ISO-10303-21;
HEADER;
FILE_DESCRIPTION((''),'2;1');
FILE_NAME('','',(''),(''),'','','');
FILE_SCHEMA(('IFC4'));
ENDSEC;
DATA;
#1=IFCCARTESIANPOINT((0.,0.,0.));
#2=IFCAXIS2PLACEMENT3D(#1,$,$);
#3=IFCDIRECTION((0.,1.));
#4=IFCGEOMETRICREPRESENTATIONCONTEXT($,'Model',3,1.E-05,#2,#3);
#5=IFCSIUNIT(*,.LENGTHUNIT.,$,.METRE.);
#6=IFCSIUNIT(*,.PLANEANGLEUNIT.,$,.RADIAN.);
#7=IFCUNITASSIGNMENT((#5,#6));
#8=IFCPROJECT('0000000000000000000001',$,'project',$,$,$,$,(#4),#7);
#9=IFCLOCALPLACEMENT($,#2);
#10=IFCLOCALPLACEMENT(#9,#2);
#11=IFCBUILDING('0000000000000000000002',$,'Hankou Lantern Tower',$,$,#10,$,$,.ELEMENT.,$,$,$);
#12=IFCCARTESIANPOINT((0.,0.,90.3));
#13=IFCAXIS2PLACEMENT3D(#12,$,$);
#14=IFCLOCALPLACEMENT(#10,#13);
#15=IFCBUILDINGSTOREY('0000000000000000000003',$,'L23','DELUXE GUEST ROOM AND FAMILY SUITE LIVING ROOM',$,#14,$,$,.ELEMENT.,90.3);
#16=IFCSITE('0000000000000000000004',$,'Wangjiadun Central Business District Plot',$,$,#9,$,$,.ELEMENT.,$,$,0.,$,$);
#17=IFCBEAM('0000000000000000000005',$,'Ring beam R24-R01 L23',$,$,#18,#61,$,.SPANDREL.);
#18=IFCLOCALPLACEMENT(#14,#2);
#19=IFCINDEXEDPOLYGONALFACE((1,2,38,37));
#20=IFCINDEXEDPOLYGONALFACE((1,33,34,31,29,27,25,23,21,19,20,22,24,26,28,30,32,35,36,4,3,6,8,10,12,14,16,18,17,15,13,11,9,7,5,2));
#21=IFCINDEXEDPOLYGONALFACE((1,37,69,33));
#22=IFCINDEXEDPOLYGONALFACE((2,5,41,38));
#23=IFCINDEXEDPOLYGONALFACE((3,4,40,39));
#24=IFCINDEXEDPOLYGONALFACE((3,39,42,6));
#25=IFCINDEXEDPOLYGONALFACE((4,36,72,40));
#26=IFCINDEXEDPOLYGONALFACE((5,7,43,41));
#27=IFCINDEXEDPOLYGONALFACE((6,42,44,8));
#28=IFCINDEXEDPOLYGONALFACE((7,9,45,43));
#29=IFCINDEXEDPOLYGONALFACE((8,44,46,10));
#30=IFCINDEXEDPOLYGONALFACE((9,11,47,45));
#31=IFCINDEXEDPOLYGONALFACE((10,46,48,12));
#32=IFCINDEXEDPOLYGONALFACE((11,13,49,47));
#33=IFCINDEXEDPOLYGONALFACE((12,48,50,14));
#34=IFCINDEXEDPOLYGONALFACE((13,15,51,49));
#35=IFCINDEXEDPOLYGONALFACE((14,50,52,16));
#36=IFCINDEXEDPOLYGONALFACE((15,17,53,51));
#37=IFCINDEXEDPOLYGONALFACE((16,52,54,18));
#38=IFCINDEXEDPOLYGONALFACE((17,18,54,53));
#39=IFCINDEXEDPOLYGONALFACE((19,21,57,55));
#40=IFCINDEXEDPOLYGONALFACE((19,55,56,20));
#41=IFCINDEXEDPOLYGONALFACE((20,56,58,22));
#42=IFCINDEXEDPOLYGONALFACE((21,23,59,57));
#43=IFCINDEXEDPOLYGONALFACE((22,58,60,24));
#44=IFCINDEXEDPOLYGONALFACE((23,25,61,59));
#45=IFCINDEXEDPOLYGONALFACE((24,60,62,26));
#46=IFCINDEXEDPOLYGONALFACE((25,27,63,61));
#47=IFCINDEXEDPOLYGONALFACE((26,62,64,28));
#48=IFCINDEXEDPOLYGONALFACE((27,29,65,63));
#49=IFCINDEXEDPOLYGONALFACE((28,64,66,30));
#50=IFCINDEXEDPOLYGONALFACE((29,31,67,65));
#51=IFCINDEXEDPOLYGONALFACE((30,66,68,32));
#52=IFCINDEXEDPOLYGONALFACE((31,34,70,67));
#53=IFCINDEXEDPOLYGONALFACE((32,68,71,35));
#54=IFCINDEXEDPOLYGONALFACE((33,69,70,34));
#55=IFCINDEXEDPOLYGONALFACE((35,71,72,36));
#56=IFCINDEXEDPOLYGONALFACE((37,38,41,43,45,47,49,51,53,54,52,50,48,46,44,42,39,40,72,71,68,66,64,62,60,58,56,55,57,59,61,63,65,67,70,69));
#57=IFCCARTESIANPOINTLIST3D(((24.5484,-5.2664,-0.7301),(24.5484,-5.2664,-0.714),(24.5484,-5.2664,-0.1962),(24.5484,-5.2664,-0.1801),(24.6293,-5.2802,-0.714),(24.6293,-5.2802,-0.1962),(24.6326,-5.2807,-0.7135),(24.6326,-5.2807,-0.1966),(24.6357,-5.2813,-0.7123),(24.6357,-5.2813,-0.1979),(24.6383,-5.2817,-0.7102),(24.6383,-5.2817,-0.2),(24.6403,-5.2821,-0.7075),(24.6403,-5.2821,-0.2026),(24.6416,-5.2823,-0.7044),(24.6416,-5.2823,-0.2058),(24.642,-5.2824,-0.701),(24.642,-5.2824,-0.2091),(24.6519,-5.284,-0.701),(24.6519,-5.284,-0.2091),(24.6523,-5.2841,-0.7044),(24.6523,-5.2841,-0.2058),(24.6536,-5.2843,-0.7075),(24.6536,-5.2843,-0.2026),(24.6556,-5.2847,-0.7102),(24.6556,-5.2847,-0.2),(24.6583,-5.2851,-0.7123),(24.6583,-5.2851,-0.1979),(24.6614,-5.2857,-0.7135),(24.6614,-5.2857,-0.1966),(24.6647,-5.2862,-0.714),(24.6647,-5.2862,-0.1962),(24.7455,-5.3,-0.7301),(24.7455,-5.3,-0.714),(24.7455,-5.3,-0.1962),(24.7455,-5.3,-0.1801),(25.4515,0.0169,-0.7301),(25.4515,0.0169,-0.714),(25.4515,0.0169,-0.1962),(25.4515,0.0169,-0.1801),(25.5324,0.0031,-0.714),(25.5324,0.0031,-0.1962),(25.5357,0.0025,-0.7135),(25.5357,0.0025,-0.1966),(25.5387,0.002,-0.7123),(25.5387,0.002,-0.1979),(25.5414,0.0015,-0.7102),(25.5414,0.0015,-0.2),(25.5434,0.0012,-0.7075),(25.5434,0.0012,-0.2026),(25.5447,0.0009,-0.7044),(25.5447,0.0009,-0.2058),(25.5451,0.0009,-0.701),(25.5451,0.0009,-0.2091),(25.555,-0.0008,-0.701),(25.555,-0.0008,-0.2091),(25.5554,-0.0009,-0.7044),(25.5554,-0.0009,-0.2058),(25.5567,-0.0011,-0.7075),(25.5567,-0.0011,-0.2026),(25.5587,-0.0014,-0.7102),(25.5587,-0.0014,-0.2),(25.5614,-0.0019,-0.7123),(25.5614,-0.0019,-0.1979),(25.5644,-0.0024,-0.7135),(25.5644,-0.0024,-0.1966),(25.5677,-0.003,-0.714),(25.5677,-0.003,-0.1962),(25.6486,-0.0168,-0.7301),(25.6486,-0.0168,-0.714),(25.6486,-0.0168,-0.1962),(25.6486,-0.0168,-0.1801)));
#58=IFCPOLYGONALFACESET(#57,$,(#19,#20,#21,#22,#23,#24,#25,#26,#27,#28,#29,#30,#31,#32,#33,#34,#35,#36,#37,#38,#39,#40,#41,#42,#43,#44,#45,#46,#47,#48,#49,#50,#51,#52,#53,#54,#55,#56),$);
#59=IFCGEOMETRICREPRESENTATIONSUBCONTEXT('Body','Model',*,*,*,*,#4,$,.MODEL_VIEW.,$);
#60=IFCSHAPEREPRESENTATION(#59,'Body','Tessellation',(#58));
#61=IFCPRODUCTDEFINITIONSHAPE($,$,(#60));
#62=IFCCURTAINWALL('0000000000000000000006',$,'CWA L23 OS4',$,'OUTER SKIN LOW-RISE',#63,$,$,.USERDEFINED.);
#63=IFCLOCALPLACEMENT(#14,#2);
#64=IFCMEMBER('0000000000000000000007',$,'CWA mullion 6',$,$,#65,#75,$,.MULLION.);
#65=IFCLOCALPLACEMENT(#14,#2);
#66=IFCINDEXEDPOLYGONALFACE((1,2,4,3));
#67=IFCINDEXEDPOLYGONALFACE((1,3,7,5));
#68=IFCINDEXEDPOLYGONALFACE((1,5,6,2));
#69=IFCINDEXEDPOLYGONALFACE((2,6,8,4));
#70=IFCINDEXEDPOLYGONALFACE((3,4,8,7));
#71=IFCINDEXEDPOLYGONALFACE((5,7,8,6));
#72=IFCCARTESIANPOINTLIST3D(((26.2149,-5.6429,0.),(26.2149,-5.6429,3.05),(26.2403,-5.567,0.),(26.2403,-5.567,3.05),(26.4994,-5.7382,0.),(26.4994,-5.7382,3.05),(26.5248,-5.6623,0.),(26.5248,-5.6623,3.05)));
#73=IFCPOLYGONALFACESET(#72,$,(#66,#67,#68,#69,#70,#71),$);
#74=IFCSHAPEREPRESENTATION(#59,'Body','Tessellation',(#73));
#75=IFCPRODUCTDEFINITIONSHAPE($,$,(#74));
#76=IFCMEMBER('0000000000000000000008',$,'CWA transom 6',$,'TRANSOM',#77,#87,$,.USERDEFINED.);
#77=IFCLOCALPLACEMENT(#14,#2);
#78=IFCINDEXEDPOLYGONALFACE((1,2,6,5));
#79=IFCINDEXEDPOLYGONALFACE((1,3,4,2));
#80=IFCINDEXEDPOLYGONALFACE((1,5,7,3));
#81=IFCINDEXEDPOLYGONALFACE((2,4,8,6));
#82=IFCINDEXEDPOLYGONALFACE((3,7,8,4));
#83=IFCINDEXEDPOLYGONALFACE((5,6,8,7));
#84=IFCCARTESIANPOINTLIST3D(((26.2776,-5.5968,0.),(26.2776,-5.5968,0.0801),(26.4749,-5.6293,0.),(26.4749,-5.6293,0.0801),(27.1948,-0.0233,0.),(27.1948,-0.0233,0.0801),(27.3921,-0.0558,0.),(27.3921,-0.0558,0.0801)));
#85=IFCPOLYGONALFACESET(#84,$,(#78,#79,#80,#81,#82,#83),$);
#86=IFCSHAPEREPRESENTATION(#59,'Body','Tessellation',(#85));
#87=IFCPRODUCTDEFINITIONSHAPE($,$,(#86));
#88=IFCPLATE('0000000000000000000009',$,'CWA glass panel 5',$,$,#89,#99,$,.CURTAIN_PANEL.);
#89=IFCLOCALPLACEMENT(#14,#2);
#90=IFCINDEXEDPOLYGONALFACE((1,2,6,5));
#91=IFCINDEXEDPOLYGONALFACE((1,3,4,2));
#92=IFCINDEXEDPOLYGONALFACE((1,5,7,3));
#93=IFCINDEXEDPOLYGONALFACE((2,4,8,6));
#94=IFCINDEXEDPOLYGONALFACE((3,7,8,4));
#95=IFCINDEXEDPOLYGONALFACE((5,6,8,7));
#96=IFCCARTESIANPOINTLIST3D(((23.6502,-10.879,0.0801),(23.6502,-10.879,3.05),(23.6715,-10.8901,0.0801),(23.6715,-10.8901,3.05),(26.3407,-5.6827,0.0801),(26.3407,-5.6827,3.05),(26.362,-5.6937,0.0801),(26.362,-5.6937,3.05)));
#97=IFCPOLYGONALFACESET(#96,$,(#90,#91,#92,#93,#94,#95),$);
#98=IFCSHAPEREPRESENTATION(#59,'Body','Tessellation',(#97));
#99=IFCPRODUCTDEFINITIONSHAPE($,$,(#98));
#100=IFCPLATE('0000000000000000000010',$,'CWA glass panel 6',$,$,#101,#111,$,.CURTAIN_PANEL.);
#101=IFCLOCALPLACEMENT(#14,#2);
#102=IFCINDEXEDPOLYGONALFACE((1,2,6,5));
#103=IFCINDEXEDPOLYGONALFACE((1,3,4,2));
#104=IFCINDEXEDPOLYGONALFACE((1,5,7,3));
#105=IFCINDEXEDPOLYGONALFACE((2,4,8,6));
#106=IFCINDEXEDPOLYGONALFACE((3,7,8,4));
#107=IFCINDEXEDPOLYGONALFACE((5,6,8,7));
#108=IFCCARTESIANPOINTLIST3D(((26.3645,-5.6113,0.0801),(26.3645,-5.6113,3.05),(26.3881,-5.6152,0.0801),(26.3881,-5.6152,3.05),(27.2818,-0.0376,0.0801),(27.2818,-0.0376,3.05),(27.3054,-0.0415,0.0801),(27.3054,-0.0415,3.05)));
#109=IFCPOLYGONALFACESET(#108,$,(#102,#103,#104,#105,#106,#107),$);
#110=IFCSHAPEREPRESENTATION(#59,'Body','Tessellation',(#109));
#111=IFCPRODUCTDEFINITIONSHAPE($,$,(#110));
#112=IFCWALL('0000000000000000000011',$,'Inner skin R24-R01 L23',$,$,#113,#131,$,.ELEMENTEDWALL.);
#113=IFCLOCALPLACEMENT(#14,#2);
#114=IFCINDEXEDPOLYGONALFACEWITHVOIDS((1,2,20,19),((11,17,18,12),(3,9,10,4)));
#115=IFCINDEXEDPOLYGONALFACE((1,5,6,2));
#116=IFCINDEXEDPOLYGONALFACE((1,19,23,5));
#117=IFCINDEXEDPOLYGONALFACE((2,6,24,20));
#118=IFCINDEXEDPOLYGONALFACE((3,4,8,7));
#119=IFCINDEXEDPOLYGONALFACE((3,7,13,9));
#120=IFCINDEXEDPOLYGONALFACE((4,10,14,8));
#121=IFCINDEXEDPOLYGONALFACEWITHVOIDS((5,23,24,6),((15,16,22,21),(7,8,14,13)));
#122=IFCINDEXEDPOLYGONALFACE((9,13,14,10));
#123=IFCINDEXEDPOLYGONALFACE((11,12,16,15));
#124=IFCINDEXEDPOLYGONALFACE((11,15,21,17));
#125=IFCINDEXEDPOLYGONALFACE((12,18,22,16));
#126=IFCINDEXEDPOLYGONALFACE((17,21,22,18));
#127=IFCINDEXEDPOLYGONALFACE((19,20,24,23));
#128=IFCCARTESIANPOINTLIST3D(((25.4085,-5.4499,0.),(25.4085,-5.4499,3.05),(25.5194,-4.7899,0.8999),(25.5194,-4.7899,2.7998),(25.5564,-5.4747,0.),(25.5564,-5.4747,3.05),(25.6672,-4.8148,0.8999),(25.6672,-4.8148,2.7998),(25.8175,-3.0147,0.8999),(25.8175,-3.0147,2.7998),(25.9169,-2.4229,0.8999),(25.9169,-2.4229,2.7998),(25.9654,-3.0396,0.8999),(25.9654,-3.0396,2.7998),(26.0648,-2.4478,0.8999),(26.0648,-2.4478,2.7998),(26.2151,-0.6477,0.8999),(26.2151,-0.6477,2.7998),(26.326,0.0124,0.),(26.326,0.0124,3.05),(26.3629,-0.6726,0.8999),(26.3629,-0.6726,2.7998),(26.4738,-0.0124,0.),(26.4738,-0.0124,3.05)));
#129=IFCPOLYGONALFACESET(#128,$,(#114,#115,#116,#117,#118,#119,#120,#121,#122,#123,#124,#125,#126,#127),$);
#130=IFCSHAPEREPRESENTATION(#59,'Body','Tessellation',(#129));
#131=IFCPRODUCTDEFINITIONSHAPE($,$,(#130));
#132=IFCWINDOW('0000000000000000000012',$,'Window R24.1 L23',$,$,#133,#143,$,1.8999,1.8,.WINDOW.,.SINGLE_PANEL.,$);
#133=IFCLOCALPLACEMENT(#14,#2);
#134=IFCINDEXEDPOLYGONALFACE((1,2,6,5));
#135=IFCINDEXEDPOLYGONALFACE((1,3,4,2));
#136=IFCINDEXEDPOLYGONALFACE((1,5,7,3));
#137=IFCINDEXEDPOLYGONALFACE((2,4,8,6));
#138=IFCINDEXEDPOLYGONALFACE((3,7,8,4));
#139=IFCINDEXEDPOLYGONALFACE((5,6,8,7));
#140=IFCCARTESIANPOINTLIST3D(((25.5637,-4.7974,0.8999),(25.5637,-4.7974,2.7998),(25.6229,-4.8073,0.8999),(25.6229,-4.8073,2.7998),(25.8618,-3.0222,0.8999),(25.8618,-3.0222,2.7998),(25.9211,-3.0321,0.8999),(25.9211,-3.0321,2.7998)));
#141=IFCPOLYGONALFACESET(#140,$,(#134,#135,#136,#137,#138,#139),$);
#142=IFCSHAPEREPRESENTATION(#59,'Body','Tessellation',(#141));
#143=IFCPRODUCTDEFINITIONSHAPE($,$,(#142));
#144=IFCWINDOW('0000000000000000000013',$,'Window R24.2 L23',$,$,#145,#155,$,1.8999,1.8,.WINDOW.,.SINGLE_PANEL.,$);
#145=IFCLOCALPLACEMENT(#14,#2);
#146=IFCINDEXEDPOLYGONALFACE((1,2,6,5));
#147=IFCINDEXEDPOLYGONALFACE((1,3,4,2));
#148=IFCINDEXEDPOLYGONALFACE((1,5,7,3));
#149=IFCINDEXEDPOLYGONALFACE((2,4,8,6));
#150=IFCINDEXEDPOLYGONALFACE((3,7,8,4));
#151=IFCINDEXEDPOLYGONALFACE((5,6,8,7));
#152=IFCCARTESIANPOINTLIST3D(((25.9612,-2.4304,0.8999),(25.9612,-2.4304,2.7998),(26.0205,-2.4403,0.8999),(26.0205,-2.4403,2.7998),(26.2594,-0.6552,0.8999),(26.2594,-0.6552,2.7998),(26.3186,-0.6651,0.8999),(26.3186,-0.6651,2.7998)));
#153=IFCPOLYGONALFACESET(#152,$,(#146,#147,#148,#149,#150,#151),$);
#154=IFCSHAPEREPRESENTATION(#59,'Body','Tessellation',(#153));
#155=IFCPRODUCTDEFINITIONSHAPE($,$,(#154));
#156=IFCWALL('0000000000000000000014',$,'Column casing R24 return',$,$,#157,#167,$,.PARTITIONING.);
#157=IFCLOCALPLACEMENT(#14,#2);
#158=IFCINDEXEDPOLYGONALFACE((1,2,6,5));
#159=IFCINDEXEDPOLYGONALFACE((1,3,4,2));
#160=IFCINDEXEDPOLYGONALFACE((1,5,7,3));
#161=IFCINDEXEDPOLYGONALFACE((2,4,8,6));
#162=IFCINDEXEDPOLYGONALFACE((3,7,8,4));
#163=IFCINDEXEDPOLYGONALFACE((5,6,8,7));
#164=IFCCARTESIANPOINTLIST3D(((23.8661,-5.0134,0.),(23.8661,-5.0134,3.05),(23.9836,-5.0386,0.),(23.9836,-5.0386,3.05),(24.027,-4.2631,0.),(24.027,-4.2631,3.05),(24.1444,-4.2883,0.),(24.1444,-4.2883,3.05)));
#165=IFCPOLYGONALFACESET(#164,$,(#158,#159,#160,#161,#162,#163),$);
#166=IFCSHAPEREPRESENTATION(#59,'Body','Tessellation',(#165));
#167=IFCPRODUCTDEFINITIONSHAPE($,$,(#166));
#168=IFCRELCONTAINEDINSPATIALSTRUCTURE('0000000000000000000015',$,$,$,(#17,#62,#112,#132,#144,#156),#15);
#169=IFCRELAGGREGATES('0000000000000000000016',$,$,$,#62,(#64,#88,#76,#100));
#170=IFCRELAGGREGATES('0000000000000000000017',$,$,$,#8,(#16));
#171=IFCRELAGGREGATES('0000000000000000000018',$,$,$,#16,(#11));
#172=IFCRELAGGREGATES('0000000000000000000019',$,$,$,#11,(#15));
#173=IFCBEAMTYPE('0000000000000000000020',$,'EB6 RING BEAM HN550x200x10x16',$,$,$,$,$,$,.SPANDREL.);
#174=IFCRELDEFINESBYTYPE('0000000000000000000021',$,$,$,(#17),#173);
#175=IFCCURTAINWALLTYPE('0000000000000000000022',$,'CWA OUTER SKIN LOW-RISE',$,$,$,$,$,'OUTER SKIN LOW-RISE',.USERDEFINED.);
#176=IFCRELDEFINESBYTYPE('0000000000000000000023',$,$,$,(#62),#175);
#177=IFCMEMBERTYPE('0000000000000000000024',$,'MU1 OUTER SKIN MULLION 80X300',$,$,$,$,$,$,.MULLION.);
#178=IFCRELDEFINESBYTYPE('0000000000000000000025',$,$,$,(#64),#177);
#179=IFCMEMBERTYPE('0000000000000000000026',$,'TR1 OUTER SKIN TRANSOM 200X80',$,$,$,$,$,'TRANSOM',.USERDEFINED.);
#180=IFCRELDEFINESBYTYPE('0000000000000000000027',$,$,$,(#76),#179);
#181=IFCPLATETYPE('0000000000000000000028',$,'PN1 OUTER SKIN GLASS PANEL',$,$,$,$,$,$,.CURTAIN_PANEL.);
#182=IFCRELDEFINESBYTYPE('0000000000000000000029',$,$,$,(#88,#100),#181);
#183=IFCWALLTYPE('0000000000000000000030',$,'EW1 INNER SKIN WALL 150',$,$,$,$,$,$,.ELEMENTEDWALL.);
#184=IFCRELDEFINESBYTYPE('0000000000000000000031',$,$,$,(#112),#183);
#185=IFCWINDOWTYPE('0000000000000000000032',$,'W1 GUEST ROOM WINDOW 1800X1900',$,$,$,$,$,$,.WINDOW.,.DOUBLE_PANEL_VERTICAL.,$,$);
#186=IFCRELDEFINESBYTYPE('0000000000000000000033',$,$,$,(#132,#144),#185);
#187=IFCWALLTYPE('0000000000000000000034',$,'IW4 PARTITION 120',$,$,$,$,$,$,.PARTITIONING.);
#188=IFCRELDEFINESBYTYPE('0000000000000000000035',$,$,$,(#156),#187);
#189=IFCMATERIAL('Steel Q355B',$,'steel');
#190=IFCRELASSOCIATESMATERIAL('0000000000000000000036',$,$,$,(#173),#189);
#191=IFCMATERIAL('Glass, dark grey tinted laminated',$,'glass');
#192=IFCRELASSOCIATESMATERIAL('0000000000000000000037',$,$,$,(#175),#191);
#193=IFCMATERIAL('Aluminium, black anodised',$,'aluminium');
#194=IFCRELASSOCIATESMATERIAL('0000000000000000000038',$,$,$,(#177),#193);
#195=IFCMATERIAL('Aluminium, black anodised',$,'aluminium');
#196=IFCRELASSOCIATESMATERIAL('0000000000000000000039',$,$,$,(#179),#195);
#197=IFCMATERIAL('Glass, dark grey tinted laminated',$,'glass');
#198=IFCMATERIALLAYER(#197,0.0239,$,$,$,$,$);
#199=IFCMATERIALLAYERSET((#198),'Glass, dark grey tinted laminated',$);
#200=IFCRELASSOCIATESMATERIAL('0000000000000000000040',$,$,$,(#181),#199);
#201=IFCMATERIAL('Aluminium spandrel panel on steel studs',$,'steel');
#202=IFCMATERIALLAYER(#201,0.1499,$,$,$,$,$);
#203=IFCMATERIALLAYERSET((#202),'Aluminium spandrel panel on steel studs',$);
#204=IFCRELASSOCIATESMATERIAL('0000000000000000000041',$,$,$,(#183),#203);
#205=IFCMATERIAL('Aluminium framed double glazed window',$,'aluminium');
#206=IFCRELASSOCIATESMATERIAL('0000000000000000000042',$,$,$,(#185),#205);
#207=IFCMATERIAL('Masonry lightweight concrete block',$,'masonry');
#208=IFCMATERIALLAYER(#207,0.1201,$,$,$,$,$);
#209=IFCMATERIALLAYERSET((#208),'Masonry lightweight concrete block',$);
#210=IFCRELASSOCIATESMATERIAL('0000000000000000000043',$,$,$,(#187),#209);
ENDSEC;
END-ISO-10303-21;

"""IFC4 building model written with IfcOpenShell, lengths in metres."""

from ifc_helpers import new_model, si_unit, direction, frame, frame_2d, origin, origin_2d, place, context, subcontext, project, spatial, rectangle, i_section, extrude, material, layer, layer_set, material_profile, profile_set, type_object, element, fill, aggregate, save


model = new_model("IFC4")

# Units and contexts
model_context = context("Model", 3, precision=1e-05, world=origin(), true_north=direction((0.0, 1.0)))
body_context = subcontext(model_context, "Body", "Model", "MODEL_VIEW")
ifc_project = project(units=[si_unit("LENGTHUNIT", "METRE"), si_unit("PLANEANGLEUNIT", "RADIAN")], contexts=[model_context])

# Site, building, storey
site_placement = place(None, origin())
site = spatial("IfcSite", under=ifc_project, at=site_placement, Name="Wangjiadun Central Business District Plot", CompositionType="ELEMENT", RefElevation=0.0)
building_placement = place(site_placement, origin())
building = spatial("IfcBuilding", under=site, at=building_placement, Name="Hankou Lantern Tower", CompositionType="ELEMENT")
storey_placement = place(building_placement, frame((0.0, 0.0, 90.3)))
storey = spatial("IfcBuildingStorey", under=building, at=storey_placement, Name="L23", Description="DELUXE GUEST ROOM AND FAMILY SUITE LIVING ROOM", CompositionType="ELEMENT", Elevation=90.3)

# Beam
ifc_material_1 = material(Name="Steel Q355B", Category="steel")
ifc_material_profile_1 = material_profile(ifc_material_1, i_section(OverallWidth=0.2, OverallDepth=0.55, WebThickness=0.01, FlangeThickness=0.0161, FilletRadius=0.0129, at=origin_2d()), Name="HN550x200x10x16")
ifc_profile_set_1 = profile_set([ifc_material_profile_1], Name="Steel Q355B")
beam_type = type_object("IfcBeamType", Name="EB6 RING BEAM HN550x200x10x16", PredefinedType="SPANDREL", material=ifc_profile_set_1)
beam_1_placement = place(storey_placement, frame((24.647, -5.2832, -0.4551), z_axis=(0.16849, 0.985703, 0.0), x_axis=(-0.985703, 0.16849, 0.0)))
element("IfcBeam", 1, at=beam_1_placement, inside=storey, type_object=beam_type, Name="Ring beam R24-R01 L23", PredefinedType="SPANDREL", context=body_context, shape_type="SweptSolid", body=[
    extrude(i_section(OverallWidth=0.2, OverallDepth=0.55, WebThickness=0.01, FlangeThickness=0.0161, FilletRadius=0.0129, at=origin_2d()), origin(), (0.0, 0.0, 1.0), 5.3599),
])

# Curtain wall, members, plates
ifc_material_2 = material(Name="Glass, dark grey tinted laminated", Category="glass")
curtain_wall_type = type_object("IfcCurtainWallType", Name="CWA OUTER SKIN LOW-RISE", ElementType="OUTER SKIN LOW-RISE", PredefinedType="USERDEFINED", material=ifc_material_2)
curtain_wall_placement = place(storey_placement, origin())
curtain_wall = element("IfcCurtainWall", 2, at=curtain_wall_placement, inside=storey, type_object=curtain_wall_type, Name="CWA L23 OS4", ObjectType="OUTER SKIN LOW-RISE", PredefinedType="USERDEFINED")
ifc_material_3 = material(Name="Aluminium, black anodised", Category="aluminium")
ifc_material_profile_2 = material_profile(ifc_material_3, rectangle(XDim=0.0801, YDim=0.3, at=origin_2d()), Name="MU1 80X300")
ifc_profile_set_2 = profile_set([ifc_material_profile_2], Name="Aluminium, black anodised")
member_type_1 = type_object("IfcMemberType", Name="MU1 OUTER SKIN MULLION 80X300", PredefinedType="MULLION", material=ifc_profile_set_2)
member_1_placement = place(storey_placement, frame((26.3699, -5.6526, 0.0), z_axis=(0.0, 0.0, 1.0), x_axis=(0.317596, 0.948226, 0.0)))
member_1 = element("IfcMember", 3, at=member_1_placement, type_object=member_type_1, Name="CWA mullion 6", PredefinedType="MULLION", context=body_context, shape_type="SweptSolid", body=[
    extrude(rectangle(XDim=0.0801, YDim=0.3, at=origin_2d()), origin(), (0.0, 0.0, 1.0), 3.05),
])
ifc_material_4 = material(Name="Aluminium, black anodised", Category="aluminium")
ifc_material_profile_3 = material_profile(ifc_material_4, rectangle(XDim=0.2, YDim=0.0801, at=origin_2d()), Name="TR1 200X80")
ifc_profile_set_3 = profile_set([ifc_material_profile_3], Name="Aluminium, black anodised")
member_type_2 = type_object("IfcMemberType", Name="TR1 OUTER SKIN TRANSOM 200X80", ElementType="TRANSOM", PredefinedType="USERDEFINED", material=ifc_profile_set_3)
member_2_placement = place(storey_placement, frame((26.3762, -5.613, 0.04), z_axis=(0.162387, 0.986727, 0.0), x_axis=(-0.986727, 0.162387, 0.0)))
member_2 = element("IfcMember", 4, at=member_2_placement, type_object=member_type_2, Name="CWA transom 6", ObjectType="TRANSOM", PredefinedType="USERDEFINED", context=body_context, shape_type="SweptSolid", body=[
    extrude(rectangle(XDim=0.2, YDim=0.0801, at=origin_2d()), origin(), (0.0, 0.0, 1.0), 5.6484),
])
ifc_material_5 = material(Name="Glass, dark grey tinted laminated", Category="glass")
ifc_layer_1 = layer(ifc_material_5, 0.0239)
ifc_layer_set_1 = layer_set([ifc_layer_1], Name="Glass, dark grey tinted laminated")
plate_type = type_object("IfcPlateType", Name="PN1 OUTER SKIN GLASS PANEL", PredefinedType="CURTAIN_PANEL", material=ifc_layer_set_1)
plate_1_placement = place(storey_placement, frame((25.0061, -8.2864, 0.0801), z_axis=(0.0, 0.0, 1.0), x_axis=(0.459791, 0.888027, 0.0)))
plate_1 = element("IfcPlate", 5, at=plate_1_placement, type_object=plate_type, Name="CWA glass panel 5", PredefinedType="CURTAIN_PANEL", context=body_context, shape_type="SweptSolid", body=[
    extrude(rectangle(XDim=5.8516, YDim=0.0239, at=origin_2d()), origin(), (0.0, 0.0, 1.0), 2.97),
])
plate_2_placement = place(storey_placement, frame((26.835, -2.8264, 0.0801), z_axis=(0.0, 0.0, 1.0), x_axis=(0.162382, 0.986728, 0.0)))
plate_2 = element("IfcPlate", 6, at=plate_2_placement, type_object=plate_type, Name="CWA glass panel 6", PredefinedType="CURTAIN_PANEL", context=body_context, shape_type="SweptSolid", body=[
    extrude(rectangle(XDim=5.6487, YDim=0.0239, at=origin_2d()), origin(), (0.0, 0.0, 1.0), 2.97),
])
aggregate(curtain_wall, [member_1, plate_1, member_2, plate_2])

# Wall, openings, windows
ifc_material_6 = material(Name="Aluminium spandrel panel on steel studs", Category="steel")
ifc_layer_2 = layer(ifc_material_6, 0.1499)
ifc_layer_set_2 = layer_set([ifc_layer_2], Name="Aluminium spandrel panel on steel studs")
wall_type_1 = type_object("IfcWallType", Name="EW1 INNER SKIN WALL 150", PredefinedType="ELEMENTEDWALL", material=ifc_layer_set_2)
wall_1_placement = place(storey_placement, frame((25.4824, -5.4624, 0.0), z_axis=(0.0, 0.0, 1.0), x_axis=(0.165643, 0.986186, 0.0)))
wall_1 = element("IfcWall", 7, at=wall_1_placement, inside=storey, type_object=wall_type_1, Name="Inner skin R24-R01 L23", PredefinedType="ELEMENTEDWALL", context=body_context, shape_type="SweptSolid", body=[
    extrude(rectangle(XDim=5.5388, YDim=0.1499, at=frame_2d((2.7695, 0.0))), origin(), (0.0, 0.0, 1.0), 3.05),
])
opening_1_placement = place(wall_1_placement, frame((0.6694, 0.0, 0.8999)))
opening_1 = element("IfcOpeningElement", 8, at=opening_1_placement, cuts=wall_1, PredefinedType="OPENING", context=body_context, shape_type="SweptSolid", body=[
    extrude(rectangle(XDim=1.8, YDim=1.8999, at=frame_2d((0.8999, 0.95))), frame((0.0, 0.085, 0.0), z_axis=(0.0, -1.0, 0.0), x_axis=(1.0, 0.0, 0.0)), (0.0, 0.0, 1.0), 0.1699),
])
opening_2_placement = place(wall_1_placement, frame((3.0696, 0.0, 0.8999)))
opening_2 = element("IfcOpeningElement", 9, at=opening_2_placement, cuts=wall_1, PredefinedType="OPENING", context=body_context, shape_type="SweptSolid", body=[
    extrude(rectangle(XDim=1.8, YDim=1.8999, at=frame_2d((0.8999, 0.95))), frame((0.0, 0.085, 0.0), z_axis=(0.0, -1.0, 0.0), x_axis=(1.0, 0.0, 0.0)), (0.0, 0.0, 1.0), 0.1699),
])
ifc_material_7 = material(Name="Aluminium framed double glazed window", Category="aluminium")
window_type = type_object("IfcWindowType", Name="W1 GUEST ROOM WINDOW 1800X1900", PartitioningType="DOUBLE_PANEL_VERTICAL", PredefinedType="WINDOW", material=ifc_material_7)
window_1_placement = place(opening_1_placement, origin())
window_1 = element("IfcWindow", 10, at=window_1_placement, inside=storey, type_object=window_type, Name="Window R24.1 L23", OverallHeight=1.8999, OverallWidth=1.8, PartitioningType="SINGLE_PANEL", PredefinedType="WINDOW", context=body_context, shape_type="SweptSolid", body=[
    extrude(rectangle(XDim=1.8, YDim=1.8999, at=frame_2d((0.8999, 0.95))), frame((0.0, 0.03, 0.0), z_axis=(0.0, -1.0, 0.0), x_axis=(1.0, 0.0, 0.0)), (0.0, 0.0, 1.0), 0.0601),
])
fill(opening_1, window_1)
window_2_placement = place(opening_2_placement, origin())
window_2 = element("IfcWindow", 11, at=window_2_placement, inside=storey, type_object=window_type, Name="Window R24.2 L23", OverallHeight=1.8999, OverallWidth=1.8, PartitioningType="SINGLE_PANEL", PredefinedType="WINDOW", context=body_context, shape_type="SweptSolid", body=[
    extrude(rectangle(XDim=1.8, YDim=1.8999, at=frame_2d((0.8999, 0.95))), frame((0.0, 0.03, 0.0), z_axis=(0.0, -1.0, 0.0), x_axis=(1.0, 0.0, 0.0)), (0.0, 0.0, 1.0), 0.0601),
])
fill(opening_2, window_2)

# Wall
ifc_material_8 = material(Name="Masonry lightweight concrete block", Category="masonry")
ifc_layer_3 = layer(ifc_material_8, 0.1201)
ifc_layer_set_3 = layer_set([ifc_layer_3], Name="Masonry lightweight concrete block")
wall_type_2 = type_object("IfcWallType", Name="IW4 PARTITION 120", PredefinedType="PARTITIONING", material=ifc_layer_set_3)
wall_2_placement = place(storey_placement, frame((23.9248, -5.0261, 0.0), z_axis=(0.0, 0.0, 1.0), x_axis=(0.209681, 0.97777, 0.0)))
element("IfcWall", 12, at=wall_2_placement, inside=storey, type_object=wall_type_2, Name="Column casing R24 return", PredefinedType="PARTITIONING", context=body_context, shape_type="SweptSolid", body=[
    extrude(rectangle(XDim=0.7673, YDim=0.1201, at=frame_2d((0.3838, 0.0))), origin(), (0.0, 0.0, 1.0), 3.05),
])

save(model, "model.ifc")
